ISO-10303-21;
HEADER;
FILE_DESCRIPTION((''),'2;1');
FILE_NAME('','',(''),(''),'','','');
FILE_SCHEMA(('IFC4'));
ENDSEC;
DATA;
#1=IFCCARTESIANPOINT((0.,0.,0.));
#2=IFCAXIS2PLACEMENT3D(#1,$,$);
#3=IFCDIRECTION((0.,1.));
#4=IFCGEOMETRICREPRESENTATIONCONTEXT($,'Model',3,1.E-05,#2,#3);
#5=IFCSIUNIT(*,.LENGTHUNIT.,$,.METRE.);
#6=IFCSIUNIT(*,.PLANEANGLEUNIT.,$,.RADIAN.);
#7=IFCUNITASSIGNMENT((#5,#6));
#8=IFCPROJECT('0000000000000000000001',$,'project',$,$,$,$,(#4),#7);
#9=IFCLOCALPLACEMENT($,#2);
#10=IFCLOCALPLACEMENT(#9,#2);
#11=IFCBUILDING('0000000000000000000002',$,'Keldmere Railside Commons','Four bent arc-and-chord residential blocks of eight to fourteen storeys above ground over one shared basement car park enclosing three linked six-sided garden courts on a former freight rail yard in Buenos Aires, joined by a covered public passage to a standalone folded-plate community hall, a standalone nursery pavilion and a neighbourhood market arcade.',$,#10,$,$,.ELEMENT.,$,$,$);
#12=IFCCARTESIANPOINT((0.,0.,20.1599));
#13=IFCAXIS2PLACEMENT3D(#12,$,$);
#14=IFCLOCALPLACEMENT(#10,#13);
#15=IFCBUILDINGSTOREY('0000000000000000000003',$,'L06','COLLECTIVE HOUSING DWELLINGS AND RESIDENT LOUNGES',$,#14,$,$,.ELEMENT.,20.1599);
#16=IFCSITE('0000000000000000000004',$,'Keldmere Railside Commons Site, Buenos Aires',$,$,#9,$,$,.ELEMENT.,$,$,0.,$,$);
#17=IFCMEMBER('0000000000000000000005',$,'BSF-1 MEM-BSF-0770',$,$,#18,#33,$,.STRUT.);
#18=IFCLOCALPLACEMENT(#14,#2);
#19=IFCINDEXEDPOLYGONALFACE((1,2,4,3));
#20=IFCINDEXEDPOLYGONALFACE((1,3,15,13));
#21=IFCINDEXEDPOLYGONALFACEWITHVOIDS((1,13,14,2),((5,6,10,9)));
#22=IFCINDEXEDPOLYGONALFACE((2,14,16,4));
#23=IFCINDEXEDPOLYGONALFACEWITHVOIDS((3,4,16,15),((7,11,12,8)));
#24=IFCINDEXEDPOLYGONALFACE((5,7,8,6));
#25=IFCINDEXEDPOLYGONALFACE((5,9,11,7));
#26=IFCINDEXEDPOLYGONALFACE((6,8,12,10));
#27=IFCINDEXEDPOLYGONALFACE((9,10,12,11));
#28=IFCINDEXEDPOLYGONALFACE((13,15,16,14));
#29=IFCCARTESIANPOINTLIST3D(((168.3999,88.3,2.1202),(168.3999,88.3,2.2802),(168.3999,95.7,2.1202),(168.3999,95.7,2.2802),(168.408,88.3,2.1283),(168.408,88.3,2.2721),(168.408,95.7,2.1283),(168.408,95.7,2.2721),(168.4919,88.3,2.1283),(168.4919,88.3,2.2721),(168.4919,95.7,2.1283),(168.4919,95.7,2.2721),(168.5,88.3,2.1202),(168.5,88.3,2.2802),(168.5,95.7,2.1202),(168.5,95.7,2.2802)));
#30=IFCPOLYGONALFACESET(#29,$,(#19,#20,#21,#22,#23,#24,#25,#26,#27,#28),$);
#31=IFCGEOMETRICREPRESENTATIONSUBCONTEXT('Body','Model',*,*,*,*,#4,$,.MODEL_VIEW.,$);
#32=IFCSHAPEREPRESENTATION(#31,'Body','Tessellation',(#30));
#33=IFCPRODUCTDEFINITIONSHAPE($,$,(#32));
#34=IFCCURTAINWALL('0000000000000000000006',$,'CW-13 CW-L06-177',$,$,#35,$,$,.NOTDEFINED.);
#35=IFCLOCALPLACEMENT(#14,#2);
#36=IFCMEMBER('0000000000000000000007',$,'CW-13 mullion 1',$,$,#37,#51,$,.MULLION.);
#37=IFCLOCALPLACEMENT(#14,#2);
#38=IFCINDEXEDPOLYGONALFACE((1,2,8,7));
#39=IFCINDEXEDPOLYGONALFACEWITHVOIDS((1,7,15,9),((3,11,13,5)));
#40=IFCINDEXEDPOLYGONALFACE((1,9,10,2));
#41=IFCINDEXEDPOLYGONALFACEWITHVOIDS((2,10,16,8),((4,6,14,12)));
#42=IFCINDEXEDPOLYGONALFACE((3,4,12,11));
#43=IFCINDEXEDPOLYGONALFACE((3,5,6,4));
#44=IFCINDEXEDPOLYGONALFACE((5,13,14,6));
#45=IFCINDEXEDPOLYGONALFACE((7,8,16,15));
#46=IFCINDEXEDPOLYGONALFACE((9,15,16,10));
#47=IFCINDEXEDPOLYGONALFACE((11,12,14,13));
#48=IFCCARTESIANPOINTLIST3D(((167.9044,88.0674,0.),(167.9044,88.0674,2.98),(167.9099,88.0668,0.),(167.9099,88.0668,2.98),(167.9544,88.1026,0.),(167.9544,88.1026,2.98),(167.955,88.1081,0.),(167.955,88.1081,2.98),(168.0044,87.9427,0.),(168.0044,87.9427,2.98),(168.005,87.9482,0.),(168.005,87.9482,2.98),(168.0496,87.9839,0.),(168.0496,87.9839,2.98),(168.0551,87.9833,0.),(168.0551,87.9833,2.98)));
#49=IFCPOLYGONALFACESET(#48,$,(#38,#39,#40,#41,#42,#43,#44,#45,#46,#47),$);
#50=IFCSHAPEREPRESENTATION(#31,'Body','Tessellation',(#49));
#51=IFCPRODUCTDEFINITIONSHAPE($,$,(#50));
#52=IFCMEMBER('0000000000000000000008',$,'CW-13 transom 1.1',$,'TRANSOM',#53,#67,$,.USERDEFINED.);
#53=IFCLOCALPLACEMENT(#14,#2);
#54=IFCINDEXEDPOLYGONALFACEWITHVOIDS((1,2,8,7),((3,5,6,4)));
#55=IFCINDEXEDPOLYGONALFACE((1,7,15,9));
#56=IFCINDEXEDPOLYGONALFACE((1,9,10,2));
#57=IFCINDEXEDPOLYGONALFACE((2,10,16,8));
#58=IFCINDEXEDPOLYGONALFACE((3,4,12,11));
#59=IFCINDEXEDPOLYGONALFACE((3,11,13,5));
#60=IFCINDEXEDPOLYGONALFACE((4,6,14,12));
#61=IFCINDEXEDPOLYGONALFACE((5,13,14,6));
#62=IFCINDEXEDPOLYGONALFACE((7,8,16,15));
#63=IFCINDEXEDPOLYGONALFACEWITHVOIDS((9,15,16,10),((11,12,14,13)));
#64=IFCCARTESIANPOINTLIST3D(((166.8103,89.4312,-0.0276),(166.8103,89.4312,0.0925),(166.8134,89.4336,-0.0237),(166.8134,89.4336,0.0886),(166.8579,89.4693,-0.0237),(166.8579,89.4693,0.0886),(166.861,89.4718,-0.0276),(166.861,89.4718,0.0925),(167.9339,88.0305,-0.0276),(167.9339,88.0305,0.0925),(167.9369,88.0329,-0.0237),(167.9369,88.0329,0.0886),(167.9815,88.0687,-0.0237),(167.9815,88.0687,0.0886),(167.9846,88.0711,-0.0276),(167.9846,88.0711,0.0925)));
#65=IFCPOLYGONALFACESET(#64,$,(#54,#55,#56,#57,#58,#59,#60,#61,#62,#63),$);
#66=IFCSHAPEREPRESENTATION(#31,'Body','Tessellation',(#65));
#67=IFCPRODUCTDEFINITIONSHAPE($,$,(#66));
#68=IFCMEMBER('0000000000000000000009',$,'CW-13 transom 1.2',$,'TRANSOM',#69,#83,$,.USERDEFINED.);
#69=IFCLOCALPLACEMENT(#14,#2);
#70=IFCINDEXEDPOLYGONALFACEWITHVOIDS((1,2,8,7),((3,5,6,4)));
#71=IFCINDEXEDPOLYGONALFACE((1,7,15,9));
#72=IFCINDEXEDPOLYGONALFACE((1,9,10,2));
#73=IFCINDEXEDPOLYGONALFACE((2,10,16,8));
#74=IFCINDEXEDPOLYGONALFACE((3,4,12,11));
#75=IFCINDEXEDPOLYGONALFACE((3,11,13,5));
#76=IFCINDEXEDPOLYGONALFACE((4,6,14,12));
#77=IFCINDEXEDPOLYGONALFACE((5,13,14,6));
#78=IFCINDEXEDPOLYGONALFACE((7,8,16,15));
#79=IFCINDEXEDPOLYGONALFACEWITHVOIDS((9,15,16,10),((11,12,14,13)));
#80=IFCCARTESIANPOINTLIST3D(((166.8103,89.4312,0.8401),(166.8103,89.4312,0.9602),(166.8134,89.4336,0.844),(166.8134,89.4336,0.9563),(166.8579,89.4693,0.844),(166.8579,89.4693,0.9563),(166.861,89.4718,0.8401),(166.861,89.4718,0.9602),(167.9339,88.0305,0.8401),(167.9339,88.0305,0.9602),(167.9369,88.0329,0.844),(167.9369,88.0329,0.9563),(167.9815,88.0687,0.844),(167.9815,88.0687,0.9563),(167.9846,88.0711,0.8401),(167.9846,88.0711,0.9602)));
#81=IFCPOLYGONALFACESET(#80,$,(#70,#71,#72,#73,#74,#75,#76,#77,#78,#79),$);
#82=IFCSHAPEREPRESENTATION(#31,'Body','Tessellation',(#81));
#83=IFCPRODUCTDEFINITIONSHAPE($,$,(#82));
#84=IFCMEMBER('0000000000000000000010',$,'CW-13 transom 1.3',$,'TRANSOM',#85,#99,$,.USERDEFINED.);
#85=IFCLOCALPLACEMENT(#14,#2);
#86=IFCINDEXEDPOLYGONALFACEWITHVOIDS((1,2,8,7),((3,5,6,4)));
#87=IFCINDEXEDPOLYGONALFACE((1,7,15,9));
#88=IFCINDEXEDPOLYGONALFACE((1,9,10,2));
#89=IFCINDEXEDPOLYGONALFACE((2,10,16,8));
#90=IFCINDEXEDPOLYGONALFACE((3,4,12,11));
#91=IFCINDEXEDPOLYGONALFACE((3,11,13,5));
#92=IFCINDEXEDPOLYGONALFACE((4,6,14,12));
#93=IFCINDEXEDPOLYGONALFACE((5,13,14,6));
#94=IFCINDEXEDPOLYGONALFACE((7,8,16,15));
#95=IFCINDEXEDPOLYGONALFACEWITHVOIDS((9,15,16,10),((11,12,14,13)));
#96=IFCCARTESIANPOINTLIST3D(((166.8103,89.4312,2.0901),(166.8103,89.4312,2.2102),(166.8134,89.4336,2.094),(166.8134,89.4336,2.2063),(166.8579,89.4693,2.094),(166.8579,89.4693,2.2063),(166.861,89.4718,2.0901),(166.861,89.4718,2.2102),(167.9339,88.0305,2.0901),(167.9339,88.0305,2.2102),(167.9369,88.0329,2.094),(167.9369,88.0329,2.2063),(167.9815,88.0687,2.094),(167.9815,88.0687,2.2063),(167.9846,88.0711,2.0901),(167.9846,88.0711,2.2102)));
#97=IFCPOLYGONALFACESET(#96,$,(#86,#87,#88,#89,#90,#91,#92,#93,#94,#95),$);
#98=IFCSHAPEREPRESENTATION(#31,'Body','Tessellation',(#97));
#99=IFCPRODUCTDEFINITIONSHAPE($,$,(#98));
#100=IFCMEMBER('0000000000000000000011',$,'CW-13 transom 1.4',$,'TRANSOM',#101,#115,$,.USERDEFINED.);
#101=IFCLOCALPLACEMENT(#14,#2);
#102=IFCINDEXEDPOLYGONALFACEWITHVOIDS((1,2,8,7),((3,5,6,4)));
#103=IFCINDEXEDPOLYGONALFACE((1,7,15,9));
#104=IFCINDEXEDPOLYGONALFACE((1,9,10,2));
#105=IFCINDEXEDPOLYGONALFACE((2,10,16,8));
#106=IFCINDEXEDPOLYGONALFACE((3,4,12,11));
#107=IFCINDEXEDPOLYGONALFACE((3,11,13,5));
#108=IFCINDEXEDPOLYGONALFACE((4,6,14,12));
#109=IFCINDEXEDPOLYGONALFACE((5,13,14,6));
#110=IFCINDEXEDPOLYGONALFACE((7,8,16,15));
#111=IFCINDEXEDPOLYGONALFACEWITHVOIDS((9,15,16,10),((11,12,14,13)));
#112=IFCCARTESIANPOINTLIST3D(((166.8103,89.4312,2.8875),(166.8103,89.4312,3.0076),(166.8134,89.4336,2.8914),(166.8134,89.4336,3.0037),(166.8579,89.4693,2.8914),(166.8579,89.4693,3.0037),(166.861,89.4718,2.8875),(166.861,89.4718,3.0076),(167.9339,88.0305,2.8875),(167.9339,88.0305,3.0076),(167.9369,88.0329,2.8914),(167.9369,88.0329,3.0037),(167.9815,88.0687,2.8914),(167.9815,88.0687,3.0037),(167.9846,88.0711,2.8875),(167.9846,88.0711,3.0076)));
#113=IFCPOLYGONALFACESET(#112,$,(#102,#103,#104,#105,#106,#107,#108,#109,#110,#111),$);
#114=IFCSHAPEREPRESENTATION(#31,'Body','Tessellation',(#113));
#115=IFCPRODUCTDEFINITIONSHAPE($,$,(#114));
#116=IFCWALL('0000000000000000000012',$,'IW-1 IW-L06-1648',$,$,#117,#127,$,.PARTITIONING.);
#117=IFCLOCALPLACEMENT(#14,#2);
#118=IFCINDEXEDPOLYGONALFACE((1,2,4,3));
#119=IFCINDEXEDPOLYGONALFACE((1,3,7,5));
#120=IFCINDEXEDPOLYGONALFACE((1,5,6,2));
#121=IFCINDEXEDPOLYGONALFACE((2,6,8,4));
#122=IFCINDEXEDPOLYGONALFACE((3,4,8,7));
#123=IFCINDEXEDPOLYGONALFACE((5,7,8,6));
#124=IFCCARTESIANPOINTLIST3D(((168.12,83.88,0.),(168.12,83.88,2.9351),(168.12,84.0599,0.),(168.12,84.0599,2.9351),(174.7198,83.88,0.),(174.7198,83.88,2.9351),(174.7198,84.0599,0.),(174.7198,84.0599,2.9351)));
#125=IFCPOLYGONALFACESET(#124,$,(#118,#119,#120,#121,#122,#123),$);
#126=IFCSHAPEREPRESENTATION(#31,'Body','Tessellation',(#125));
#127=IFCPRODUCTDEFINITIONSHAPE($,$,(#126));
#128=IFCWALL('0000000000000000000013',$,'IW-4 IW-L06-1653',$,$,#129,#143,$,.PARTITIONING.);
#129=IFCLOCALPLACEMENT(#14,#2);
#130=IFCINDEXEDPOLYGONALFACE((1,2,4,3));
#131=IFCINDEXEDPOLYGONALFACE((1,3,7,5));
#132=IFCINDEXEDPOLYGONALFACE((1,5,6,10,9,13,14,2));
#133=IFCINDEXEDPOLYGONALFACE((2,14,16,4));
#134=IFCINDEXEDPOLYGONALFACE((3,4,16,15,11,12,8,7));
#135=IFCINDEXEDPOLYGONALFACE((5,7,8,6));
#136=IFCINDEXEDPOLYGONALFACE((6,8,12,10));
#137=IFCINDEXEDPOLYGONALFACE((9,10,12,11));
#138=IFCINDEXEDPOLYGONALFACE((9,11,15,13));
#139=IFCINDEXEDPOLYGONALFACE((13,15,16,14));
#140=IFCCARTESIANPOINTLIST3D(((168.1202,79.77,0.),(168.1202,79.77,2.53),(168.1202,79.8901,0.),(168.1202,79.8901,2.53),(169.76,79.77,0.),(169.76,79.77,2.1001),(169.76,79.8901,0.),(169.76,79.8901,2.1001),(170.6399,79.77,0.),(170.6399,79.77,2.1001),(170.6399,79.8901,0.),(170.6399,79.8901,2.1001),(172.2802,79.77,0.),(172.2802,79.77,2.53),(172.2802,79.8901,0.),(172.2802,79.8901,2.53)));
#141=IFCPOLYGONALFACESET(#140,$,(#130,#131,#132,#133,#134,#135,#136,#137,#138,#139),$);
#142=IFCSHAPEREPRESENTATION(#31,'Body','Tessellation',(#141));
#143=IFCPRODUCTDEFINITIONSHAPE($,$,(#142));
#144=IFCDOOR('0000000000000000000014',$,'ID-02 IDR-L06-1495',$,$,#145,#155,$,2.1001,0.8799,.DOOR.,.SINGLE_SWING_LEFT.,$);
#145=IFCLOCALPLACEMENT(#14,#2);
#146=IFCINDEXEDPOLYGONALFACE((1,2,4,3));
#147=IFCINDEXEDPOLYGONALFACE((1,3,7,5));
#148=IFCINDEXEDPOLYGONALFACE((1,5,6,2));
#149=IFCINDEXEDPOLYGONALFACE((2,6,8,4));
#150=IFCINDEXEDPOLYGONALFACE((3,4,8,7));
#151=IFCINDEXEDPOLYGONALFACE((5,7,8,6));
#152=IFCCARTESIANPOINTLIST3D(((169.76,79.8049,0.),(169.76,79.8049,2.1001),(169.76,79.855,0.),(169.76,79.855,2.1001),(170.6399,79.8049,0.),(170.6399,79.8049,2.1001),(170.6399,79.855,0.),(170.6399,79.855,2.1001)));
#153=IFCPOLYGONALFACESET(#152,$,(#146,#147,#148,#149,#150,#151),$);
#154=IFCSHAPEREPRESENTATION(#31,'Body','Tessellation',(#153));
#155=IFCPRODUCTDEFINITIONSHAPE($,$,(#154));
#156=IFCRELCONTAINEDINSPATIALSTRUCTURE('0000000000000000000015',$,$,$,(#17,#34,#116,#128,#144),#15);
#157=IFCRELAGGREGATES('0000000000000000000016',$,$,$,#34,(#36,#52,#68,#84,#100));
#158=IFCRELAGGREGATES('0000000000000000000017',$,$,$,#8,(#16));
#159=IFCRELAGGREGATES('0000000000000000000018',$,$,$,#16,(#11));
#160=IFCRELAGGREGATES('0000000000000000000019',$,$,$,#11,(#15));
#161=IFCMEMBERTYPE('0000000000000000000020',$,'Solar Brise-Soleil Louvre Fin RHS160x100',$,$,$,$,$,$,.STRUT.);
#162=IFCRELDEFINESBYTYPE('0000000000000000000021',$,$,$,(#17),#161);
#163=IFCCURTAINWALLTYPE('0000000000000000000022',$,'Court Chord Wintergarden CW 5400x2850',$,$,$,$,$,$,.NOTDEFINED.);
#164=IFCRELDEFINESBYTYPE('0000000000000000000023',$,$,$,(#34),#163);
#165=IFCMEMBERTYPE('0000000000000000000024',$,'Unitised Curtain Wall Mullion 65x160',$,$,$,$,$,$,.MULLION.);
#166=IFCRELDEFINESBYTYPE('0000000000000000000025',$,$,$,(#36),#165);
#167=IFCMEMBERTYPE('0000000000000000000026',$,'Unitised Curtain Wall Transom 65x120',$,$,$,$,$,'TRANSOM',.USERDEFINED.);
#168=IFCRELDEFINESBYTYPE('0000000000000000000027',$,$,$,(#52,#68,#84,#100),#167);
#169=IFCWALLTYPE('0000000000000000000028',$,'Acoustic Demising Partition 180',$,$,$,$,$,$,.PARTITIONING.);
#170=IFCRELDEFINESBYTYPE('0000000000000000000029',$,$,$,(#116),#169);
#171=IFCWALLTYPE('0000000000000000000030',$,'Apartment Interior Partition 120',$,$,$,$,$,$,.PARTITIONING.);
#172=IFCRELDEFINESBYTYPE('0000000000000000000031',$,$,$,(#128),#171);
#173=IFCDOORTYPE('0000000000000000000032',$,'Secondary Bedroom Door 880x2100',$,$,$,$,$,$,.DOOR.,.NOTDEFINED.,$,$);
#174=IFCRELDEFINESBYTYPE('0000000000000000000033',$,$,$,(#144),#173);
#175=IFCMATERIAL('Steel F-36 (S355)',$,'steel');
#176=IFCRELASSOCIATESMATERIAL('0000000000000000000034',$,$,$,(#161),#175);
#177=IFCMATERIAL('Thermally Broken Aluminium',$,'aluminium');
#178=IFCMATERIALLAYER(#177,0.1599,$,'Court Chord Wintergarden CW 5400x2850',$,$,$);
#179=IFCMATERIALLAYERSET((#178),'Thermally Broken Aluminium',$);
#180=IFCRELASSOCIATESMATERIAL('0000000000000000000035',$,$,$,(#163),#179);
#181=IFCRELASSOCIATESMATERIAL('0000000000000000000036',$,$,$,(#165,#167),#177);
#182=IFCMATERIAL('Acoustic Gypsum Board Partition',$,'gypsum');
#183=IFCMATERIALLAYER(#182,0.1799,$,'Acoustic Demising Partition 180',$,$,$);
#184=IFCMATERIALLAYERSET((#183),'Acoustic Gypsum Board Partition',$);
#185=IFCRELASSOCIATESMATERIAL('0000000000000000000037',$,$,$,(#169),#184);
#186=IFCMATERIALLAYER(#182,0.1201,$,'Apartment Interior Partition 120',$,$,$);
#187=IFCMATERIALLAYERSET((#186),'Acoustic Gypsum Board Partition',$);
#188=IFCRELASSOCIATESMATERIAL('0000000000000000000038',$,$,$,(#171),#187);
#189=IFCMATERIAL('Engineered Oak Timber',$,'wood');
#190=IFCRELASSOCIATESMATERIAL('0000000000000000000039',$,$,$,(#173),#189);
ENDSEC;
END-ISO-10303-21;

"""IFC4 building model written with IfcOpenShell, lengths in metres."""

from ifc_helpers import new_model, si_unit, direction, frame, frame_2d, origin, origin_2d, place, context, subcontext, project, spatial, rectangle, hollow_rectangle, extrude, material, layer, layer_set, material_profile, profile_set, type_object, element, fill, aggregate, save


model = new_model("IFC4")

# Units and contexts
model_context = context("Model", 3, precision=1e-05, world=origin(), true_north=direction((0.0, 1.0)))
body_context = subcontext(model_context, "Body", "Model", "MODEL_VIEW")
ifc_project = project(units=[si_unit("LENGTHUNIT", "METRE"), si_unit("PLANEANGLEUNIT", "RADIAN")], contexts=[model_context])

# Site, building, storey
site_placement = place(None, origin())
site = spatial("IfcSite", under=ifc_project, at=site_placement, Name="Keldmere Railside Commons Site, Buenos Aires", CompositionType="ELEMENT", RefElevation=0.0)
building_placement = place(site_placement, origin())
building = spatial("IfcBuilding", under=site, at=building_placement, Name="Keldmere Railside Commons", Description="Four bent arc-and-chord residential blocks of eight to fourteen storeys above ground over one shared basement car park enclosing three linked six-sided garden courts on a former freight rail yard in Buenos Aires, joined by a covered public passage to a standalone folded-plate community hall, a standalone nursery pavilion and a neighbourhood market arcade.", CompositionType="ELEMENT")
storey_placement = place(building_placement, frame((0.0, 0.0, 20.1599)))
storey = spatial("IfcBuildingStorey", under=building, at=storey_placement, Name="L06", Description="COLLECTIVE HOUSING DWELLINGS AND RESIDENT LOUNGES", CompositionType="ELEMENT", Elevation=20.1599)

# Shared definitions
ifc_material_1 = material(Name="Steel F-36 (S355)", Category="steel")

# Member
ifc_material_profile_1 = material_profile(ifc_material_1, hollow_rectangle(XDim=0.1001, YDim=0.1599, WallThickness=0.0081, at=origin_2d()), Name="RHS-160x100x8")
ifc_profile_set_1 = profile_set([ifc_material_profile_1], Name="Steel F-36 (S355)")
member_type_1 = type_object("IfcMemberType", Name="Solar Brise-Soleil Louvre Fin RHS160x100", PredefinedType="STRUT", material=ifc_profile_set_1)
for number, where, z_axis, x_axis, name in (
    (1, (168.45, 88.3, 2.2002), (0.0, 1.0, 0.0), (-1.0, 0.0, 0.0), "BSF-1 MEM-BSF-0770"),
):
    element("IfcMember", number, at=place(storey_placement, frame(where, z_axis=z_axis, x_axis=x_axis)), inside=storey, type_object=member_type_1, Name=name, PredefinedType="STRUT", context=body_context, shape_type="SweptSolid", body=[
        extrude(hollow_rectangle(XDim=0.1001, YDim=0.1599, WallThickness=0.0081, at=origin_2d()), origin(), (0.0, 0.0, 1.0), 7.3999),
    ])

# Curtain wall, members
ifc_material_2 = material(Name="Thermally Broken Aluminium", Category="aluminium")
ifc_layer_1 = layer(ifc_material_2, 0.1599, Name="Court Chord Wintergarden CW 5400x2850")
ifc_layer_set_1 = layer_set([ifc_layer_1], Name="Thermally Broken Aluminium")
curtain_wall_type = type_object("IfcCurtainWallType", Name="Court Chord Wintergarden CW 5400x2850", PredefinedType="NOTDEFINED", material=ifc_layer_set_1)
curtain_wall_placement = place(storey_placement, origin())
curtain_wall = element("IfcCurtainWall", 2, at=curtain_wall_placement, inside=storey, type_object=curtain_wall_type, Name="CW-13 CW-L06-177", PredefinedType="NOTDEFINED")
ifc_material_profile_2 = material_profile(ifc_material_2, hollow_rectangle(XDim=0.0649, YDim=0.1599, WallThickness=0.0039, at=origin_2d()), Name="ALU-MULL-65x160")
ifc_profile_set_2 = profile_set([ifc_material_profile_2], Name="Thermally Broken Aluminium")
member_type_2 = type_object("IfcMemberType", Name="Unitised Curtain Wall Mullion 65x160", PredefinedType="MULLION", material=ifc_profile_set_2)
member_1_placement = place(storey_placement, frame((167.9797, 88.0254, 0.0), z_axis=(0.0, 0.0, 1.0), x_axis=(-0.780009, -0.625768, 0.0)))
member_1 = element("IfcMember", 3, at=member_1_placement, type_object=member_type_2, Name="CW-13 mullion 1", PredefinedType="MULLION", context=body_context, shape_type="SweptSolid", body=[
    extrude(hollow_rectangle(XDim=0.0649, YDim=0.1599, WallThickness=0.0039, at=origin_2d()), origin(), (0.0, 0.0, 1.0), 2.98),
])
ifc_material_profile_3 = material_profile(ifc_material_2, hollow_rectangle(XDim=0.0649, YDim=0.1201, WallThickness=0.0039, at=origin_2d()), Name="ALU-TRAN-65x120")
ifc_profile_set_3 = profile_set([ifc_material_profile_3], Name="Thermally Broken Aluminium")
member_type_3 = type_object("IfcMemberType", Name="Unitised Curtain Wall Transom 65x120", ElementType="TRANSOM", PredefinedType="USERDEFINED", material=ifc_profile_set_3)
member_2_placement = place(storey_placement, frame((167.9592, 88.0508, 0.0325), z_axis=(-0.625723, 0.780046, 0.0), x_axis=(-0.780046, -0.625723, 0.0)))
member_2 = element("IfcMember", 4, at=member_2_placement, type_object=member_type_3, Name="CW-13 transom 1.1", ObjectType="TRANSOM", PredefinedType="USERDEFINED", context=body_context, shape_type="SweptSolid", body=[
    extrude(hollow_rectangle(XDim=0.0649, YDim=0.1201, WallThickness=0.0039, at=origin_2d()), origin(), (0.0, 0.0, 1.0), 1.7957),
])
member_3_placement = place(storey_placement, frame((167.9592, 88.0508, 0.9001), z_axis=(-0.625723, 0.780046, 0.0), x_axis=(-0.780046, -0.625723, 0.0)))
member_3 = element("IfcMember", 5, at=member_3_placement, type_object=member_type_3, Name="CW-13 transom 1.2", ObjectType="TRANSOM", PredefinedType="USERDEFINED", context=body_context, shape_type="SweptSolid", body=[
    extrude(hollow_rectangle(XDim=0.0649, YDim=0.1201, WallThickness=0.0039, at=origin_2d()), origin(), (0.0, 0.0, 1.0), 1.7957),
])
member_4_placement = place(storey_placement, frame((167.9592, 88.0508, 2.1501), z_axis=(-0.625723, 0.780046, 0.0), x_axis=(-0.780046, -0.625723, 0.0)))
member_4 = element("IfcMember", 6, at=member_4_placement, type_object=member_type_3, Name="CW-13 transom 1.3", ObjectType="TRANSOM", PredefinedType="USERDEFINED", context=body_context, shape_type="SweptSolid", body=[
    extrude(hollow_rectangle(XDim=0.0649, YDim=0.1201, WallThickness=0.0039, at=origin_2d()), origin(), (0.0, 0.0, 1.0), 1.7957),
])
member_5_placement = place(storey_placement, frame((167.9592, 88.0508, 2.9475), z_axis=(-0.625723, 0.780046, 0.0), x_axis=(-0.780046, -0.625723, 0.0)))
member_5 = element("IfcMember", 7, at=member_5_placement, type_object=member_type_3, Name="CW-13 transom 1.4", ObjectType="TRANSOM", PredefinedType="USERDEFINED", context=body_context, shape_type="SweptSolid", body=[
    extrude(hollow_rectangle(XDim=0.0649, YDim=0.1201, WallThickness=0.0039, at=origin_2d()), origin(), (0.0, 0.0, 1.0), 1.7957),
])
aggregate(curtain_wall, [member_1, member_2, member_3, member_4, member_5])

# Wall
ifc_material_3 = material(Name="Acoustic Gypsum Board Partition", Category="gypsum")
ifc_layer_2 = layer(ifc_material_3, 0.1799, Name="Acoustic Demising Partition 180")
ifc_layer_set_2 = layer_set([ifc_layer_2], Name="Acoustic Gypsum Board Partition")
wall_type_1 = type_object("IfcWallType", Name="Acoustic Demising Partition 180", PredefinedType="PARTITIONING", material=ifc_layer_set_2)
wall_1_placement = place(storey_placement, frame((168.1201, 83.97, 0.0), z_axis=(0.0, 0.0, 1.0), x_axis=(1.0, 0.0, 0.0)))
element("IfcWall", 8, at=wall_1_placement, inside=storey, type_object=wall_type_1, Name="IW-1 IW-L06-1648", PredefinedType="PARTITIONING", context=body_context, shape_type="SweptSolid", body=[
    extrude(rectangle(XDim=6.5999, YDim=0.1799, at=frame_2d((3.2998, 0.0))), origin(), (0.0, 0.0, 1.0), 2.9351),
])

# Wall, opening, door
ifc_layer_3 = layer(ifc_material_3, 0.1201, Name="Apartment Interior Partition 120")
ifc_layer_set_3 = layer_set([ifc_layer_3], Name="Acoustic Gypsum Board Partition")
wall_type_2 = type_object("IfcWallType", Name="Apartment Interior Partition 120", PredefinedType="PARTITIONING", material=ifc_layer_set_3)
wall_2_placement = place(storey_placement, frame((168.1201, 79.8301, 0.0), z_axis=(0.0, 0.0, 1.0), x_axis=(1.0, 0.0, 0.0)))
wall_2 = element("IfcWall", 9, at=wall_2_placement, inside=storey, type_object=wall_type_2, Name="IW-4 IW-L06-1653", PredefinedType="PARTITIONING", context=body_context, shape_type="SweptSolid", body=[
    extrude(rectangle(XDim=4.1599, YDim=0.1201, at=frame_2d((2.0801, 0.0))), origin(), (0.0, 0.0, 1.0), 2.53),
])
opening_1_placement = place(wall_2_placement, frame((1.6399, 0.0, 0.0)))
opening_1 = element("IfcOpeningElement", 10, at=opening_1_placement, cuts=wall_2, PredefinedType="OPENING", context=body_context, shape_type="SweptSolid", body=[
    extrude(rectangle(XDim=0.8799, YDim=2.1001, at=frame_2d((0.4399, 1.05))), frame((0.0, 0.0701, 0.0), z_axis=(0.0, -1.0, 0.0), x_axis=(1.0, 0.0, 0.0)), (0.0, 0.0, 1.0), 0.1401),
])
ifc_material_4 = material(Name="Engineered Oak Timber", Category="wood")
door_type_1 = type_object("IfcDoorType", Name="Secondary Bedroom Door 880x2100", OperationType="NOTDEFINED", PredefinedType="DOOR", material=ifc_material_4)
door_1_placement = place(opening_1_placement, origin())
door_1 = element("IfcDoor", 11, at=door_1_placement, inside=storey, type_object=door_type_1, Name="ID-02 IDR-L06-1495", OperationType="SINGLE_SWING_LEFT", OverallHeight=2.1001, OverallWidth=0.8799, PredefinedType="DOOR", context=body_context, shape_type="SweptSolid", body=[
    extrude(rectangle(XDim=0.8799, YDim=2.1001, at=frame_2d((0.4399, 1.05))), frame((0.0, 0.0249, 0.0), z_axis=(0.0, -1.0, 0.0), x_axis=(1.0, 0.0, 0.0)), (0.0, 0.0, 1.0), 0.05),
])
fill(opening_1, door_1)

save(model, "model.ifc")
